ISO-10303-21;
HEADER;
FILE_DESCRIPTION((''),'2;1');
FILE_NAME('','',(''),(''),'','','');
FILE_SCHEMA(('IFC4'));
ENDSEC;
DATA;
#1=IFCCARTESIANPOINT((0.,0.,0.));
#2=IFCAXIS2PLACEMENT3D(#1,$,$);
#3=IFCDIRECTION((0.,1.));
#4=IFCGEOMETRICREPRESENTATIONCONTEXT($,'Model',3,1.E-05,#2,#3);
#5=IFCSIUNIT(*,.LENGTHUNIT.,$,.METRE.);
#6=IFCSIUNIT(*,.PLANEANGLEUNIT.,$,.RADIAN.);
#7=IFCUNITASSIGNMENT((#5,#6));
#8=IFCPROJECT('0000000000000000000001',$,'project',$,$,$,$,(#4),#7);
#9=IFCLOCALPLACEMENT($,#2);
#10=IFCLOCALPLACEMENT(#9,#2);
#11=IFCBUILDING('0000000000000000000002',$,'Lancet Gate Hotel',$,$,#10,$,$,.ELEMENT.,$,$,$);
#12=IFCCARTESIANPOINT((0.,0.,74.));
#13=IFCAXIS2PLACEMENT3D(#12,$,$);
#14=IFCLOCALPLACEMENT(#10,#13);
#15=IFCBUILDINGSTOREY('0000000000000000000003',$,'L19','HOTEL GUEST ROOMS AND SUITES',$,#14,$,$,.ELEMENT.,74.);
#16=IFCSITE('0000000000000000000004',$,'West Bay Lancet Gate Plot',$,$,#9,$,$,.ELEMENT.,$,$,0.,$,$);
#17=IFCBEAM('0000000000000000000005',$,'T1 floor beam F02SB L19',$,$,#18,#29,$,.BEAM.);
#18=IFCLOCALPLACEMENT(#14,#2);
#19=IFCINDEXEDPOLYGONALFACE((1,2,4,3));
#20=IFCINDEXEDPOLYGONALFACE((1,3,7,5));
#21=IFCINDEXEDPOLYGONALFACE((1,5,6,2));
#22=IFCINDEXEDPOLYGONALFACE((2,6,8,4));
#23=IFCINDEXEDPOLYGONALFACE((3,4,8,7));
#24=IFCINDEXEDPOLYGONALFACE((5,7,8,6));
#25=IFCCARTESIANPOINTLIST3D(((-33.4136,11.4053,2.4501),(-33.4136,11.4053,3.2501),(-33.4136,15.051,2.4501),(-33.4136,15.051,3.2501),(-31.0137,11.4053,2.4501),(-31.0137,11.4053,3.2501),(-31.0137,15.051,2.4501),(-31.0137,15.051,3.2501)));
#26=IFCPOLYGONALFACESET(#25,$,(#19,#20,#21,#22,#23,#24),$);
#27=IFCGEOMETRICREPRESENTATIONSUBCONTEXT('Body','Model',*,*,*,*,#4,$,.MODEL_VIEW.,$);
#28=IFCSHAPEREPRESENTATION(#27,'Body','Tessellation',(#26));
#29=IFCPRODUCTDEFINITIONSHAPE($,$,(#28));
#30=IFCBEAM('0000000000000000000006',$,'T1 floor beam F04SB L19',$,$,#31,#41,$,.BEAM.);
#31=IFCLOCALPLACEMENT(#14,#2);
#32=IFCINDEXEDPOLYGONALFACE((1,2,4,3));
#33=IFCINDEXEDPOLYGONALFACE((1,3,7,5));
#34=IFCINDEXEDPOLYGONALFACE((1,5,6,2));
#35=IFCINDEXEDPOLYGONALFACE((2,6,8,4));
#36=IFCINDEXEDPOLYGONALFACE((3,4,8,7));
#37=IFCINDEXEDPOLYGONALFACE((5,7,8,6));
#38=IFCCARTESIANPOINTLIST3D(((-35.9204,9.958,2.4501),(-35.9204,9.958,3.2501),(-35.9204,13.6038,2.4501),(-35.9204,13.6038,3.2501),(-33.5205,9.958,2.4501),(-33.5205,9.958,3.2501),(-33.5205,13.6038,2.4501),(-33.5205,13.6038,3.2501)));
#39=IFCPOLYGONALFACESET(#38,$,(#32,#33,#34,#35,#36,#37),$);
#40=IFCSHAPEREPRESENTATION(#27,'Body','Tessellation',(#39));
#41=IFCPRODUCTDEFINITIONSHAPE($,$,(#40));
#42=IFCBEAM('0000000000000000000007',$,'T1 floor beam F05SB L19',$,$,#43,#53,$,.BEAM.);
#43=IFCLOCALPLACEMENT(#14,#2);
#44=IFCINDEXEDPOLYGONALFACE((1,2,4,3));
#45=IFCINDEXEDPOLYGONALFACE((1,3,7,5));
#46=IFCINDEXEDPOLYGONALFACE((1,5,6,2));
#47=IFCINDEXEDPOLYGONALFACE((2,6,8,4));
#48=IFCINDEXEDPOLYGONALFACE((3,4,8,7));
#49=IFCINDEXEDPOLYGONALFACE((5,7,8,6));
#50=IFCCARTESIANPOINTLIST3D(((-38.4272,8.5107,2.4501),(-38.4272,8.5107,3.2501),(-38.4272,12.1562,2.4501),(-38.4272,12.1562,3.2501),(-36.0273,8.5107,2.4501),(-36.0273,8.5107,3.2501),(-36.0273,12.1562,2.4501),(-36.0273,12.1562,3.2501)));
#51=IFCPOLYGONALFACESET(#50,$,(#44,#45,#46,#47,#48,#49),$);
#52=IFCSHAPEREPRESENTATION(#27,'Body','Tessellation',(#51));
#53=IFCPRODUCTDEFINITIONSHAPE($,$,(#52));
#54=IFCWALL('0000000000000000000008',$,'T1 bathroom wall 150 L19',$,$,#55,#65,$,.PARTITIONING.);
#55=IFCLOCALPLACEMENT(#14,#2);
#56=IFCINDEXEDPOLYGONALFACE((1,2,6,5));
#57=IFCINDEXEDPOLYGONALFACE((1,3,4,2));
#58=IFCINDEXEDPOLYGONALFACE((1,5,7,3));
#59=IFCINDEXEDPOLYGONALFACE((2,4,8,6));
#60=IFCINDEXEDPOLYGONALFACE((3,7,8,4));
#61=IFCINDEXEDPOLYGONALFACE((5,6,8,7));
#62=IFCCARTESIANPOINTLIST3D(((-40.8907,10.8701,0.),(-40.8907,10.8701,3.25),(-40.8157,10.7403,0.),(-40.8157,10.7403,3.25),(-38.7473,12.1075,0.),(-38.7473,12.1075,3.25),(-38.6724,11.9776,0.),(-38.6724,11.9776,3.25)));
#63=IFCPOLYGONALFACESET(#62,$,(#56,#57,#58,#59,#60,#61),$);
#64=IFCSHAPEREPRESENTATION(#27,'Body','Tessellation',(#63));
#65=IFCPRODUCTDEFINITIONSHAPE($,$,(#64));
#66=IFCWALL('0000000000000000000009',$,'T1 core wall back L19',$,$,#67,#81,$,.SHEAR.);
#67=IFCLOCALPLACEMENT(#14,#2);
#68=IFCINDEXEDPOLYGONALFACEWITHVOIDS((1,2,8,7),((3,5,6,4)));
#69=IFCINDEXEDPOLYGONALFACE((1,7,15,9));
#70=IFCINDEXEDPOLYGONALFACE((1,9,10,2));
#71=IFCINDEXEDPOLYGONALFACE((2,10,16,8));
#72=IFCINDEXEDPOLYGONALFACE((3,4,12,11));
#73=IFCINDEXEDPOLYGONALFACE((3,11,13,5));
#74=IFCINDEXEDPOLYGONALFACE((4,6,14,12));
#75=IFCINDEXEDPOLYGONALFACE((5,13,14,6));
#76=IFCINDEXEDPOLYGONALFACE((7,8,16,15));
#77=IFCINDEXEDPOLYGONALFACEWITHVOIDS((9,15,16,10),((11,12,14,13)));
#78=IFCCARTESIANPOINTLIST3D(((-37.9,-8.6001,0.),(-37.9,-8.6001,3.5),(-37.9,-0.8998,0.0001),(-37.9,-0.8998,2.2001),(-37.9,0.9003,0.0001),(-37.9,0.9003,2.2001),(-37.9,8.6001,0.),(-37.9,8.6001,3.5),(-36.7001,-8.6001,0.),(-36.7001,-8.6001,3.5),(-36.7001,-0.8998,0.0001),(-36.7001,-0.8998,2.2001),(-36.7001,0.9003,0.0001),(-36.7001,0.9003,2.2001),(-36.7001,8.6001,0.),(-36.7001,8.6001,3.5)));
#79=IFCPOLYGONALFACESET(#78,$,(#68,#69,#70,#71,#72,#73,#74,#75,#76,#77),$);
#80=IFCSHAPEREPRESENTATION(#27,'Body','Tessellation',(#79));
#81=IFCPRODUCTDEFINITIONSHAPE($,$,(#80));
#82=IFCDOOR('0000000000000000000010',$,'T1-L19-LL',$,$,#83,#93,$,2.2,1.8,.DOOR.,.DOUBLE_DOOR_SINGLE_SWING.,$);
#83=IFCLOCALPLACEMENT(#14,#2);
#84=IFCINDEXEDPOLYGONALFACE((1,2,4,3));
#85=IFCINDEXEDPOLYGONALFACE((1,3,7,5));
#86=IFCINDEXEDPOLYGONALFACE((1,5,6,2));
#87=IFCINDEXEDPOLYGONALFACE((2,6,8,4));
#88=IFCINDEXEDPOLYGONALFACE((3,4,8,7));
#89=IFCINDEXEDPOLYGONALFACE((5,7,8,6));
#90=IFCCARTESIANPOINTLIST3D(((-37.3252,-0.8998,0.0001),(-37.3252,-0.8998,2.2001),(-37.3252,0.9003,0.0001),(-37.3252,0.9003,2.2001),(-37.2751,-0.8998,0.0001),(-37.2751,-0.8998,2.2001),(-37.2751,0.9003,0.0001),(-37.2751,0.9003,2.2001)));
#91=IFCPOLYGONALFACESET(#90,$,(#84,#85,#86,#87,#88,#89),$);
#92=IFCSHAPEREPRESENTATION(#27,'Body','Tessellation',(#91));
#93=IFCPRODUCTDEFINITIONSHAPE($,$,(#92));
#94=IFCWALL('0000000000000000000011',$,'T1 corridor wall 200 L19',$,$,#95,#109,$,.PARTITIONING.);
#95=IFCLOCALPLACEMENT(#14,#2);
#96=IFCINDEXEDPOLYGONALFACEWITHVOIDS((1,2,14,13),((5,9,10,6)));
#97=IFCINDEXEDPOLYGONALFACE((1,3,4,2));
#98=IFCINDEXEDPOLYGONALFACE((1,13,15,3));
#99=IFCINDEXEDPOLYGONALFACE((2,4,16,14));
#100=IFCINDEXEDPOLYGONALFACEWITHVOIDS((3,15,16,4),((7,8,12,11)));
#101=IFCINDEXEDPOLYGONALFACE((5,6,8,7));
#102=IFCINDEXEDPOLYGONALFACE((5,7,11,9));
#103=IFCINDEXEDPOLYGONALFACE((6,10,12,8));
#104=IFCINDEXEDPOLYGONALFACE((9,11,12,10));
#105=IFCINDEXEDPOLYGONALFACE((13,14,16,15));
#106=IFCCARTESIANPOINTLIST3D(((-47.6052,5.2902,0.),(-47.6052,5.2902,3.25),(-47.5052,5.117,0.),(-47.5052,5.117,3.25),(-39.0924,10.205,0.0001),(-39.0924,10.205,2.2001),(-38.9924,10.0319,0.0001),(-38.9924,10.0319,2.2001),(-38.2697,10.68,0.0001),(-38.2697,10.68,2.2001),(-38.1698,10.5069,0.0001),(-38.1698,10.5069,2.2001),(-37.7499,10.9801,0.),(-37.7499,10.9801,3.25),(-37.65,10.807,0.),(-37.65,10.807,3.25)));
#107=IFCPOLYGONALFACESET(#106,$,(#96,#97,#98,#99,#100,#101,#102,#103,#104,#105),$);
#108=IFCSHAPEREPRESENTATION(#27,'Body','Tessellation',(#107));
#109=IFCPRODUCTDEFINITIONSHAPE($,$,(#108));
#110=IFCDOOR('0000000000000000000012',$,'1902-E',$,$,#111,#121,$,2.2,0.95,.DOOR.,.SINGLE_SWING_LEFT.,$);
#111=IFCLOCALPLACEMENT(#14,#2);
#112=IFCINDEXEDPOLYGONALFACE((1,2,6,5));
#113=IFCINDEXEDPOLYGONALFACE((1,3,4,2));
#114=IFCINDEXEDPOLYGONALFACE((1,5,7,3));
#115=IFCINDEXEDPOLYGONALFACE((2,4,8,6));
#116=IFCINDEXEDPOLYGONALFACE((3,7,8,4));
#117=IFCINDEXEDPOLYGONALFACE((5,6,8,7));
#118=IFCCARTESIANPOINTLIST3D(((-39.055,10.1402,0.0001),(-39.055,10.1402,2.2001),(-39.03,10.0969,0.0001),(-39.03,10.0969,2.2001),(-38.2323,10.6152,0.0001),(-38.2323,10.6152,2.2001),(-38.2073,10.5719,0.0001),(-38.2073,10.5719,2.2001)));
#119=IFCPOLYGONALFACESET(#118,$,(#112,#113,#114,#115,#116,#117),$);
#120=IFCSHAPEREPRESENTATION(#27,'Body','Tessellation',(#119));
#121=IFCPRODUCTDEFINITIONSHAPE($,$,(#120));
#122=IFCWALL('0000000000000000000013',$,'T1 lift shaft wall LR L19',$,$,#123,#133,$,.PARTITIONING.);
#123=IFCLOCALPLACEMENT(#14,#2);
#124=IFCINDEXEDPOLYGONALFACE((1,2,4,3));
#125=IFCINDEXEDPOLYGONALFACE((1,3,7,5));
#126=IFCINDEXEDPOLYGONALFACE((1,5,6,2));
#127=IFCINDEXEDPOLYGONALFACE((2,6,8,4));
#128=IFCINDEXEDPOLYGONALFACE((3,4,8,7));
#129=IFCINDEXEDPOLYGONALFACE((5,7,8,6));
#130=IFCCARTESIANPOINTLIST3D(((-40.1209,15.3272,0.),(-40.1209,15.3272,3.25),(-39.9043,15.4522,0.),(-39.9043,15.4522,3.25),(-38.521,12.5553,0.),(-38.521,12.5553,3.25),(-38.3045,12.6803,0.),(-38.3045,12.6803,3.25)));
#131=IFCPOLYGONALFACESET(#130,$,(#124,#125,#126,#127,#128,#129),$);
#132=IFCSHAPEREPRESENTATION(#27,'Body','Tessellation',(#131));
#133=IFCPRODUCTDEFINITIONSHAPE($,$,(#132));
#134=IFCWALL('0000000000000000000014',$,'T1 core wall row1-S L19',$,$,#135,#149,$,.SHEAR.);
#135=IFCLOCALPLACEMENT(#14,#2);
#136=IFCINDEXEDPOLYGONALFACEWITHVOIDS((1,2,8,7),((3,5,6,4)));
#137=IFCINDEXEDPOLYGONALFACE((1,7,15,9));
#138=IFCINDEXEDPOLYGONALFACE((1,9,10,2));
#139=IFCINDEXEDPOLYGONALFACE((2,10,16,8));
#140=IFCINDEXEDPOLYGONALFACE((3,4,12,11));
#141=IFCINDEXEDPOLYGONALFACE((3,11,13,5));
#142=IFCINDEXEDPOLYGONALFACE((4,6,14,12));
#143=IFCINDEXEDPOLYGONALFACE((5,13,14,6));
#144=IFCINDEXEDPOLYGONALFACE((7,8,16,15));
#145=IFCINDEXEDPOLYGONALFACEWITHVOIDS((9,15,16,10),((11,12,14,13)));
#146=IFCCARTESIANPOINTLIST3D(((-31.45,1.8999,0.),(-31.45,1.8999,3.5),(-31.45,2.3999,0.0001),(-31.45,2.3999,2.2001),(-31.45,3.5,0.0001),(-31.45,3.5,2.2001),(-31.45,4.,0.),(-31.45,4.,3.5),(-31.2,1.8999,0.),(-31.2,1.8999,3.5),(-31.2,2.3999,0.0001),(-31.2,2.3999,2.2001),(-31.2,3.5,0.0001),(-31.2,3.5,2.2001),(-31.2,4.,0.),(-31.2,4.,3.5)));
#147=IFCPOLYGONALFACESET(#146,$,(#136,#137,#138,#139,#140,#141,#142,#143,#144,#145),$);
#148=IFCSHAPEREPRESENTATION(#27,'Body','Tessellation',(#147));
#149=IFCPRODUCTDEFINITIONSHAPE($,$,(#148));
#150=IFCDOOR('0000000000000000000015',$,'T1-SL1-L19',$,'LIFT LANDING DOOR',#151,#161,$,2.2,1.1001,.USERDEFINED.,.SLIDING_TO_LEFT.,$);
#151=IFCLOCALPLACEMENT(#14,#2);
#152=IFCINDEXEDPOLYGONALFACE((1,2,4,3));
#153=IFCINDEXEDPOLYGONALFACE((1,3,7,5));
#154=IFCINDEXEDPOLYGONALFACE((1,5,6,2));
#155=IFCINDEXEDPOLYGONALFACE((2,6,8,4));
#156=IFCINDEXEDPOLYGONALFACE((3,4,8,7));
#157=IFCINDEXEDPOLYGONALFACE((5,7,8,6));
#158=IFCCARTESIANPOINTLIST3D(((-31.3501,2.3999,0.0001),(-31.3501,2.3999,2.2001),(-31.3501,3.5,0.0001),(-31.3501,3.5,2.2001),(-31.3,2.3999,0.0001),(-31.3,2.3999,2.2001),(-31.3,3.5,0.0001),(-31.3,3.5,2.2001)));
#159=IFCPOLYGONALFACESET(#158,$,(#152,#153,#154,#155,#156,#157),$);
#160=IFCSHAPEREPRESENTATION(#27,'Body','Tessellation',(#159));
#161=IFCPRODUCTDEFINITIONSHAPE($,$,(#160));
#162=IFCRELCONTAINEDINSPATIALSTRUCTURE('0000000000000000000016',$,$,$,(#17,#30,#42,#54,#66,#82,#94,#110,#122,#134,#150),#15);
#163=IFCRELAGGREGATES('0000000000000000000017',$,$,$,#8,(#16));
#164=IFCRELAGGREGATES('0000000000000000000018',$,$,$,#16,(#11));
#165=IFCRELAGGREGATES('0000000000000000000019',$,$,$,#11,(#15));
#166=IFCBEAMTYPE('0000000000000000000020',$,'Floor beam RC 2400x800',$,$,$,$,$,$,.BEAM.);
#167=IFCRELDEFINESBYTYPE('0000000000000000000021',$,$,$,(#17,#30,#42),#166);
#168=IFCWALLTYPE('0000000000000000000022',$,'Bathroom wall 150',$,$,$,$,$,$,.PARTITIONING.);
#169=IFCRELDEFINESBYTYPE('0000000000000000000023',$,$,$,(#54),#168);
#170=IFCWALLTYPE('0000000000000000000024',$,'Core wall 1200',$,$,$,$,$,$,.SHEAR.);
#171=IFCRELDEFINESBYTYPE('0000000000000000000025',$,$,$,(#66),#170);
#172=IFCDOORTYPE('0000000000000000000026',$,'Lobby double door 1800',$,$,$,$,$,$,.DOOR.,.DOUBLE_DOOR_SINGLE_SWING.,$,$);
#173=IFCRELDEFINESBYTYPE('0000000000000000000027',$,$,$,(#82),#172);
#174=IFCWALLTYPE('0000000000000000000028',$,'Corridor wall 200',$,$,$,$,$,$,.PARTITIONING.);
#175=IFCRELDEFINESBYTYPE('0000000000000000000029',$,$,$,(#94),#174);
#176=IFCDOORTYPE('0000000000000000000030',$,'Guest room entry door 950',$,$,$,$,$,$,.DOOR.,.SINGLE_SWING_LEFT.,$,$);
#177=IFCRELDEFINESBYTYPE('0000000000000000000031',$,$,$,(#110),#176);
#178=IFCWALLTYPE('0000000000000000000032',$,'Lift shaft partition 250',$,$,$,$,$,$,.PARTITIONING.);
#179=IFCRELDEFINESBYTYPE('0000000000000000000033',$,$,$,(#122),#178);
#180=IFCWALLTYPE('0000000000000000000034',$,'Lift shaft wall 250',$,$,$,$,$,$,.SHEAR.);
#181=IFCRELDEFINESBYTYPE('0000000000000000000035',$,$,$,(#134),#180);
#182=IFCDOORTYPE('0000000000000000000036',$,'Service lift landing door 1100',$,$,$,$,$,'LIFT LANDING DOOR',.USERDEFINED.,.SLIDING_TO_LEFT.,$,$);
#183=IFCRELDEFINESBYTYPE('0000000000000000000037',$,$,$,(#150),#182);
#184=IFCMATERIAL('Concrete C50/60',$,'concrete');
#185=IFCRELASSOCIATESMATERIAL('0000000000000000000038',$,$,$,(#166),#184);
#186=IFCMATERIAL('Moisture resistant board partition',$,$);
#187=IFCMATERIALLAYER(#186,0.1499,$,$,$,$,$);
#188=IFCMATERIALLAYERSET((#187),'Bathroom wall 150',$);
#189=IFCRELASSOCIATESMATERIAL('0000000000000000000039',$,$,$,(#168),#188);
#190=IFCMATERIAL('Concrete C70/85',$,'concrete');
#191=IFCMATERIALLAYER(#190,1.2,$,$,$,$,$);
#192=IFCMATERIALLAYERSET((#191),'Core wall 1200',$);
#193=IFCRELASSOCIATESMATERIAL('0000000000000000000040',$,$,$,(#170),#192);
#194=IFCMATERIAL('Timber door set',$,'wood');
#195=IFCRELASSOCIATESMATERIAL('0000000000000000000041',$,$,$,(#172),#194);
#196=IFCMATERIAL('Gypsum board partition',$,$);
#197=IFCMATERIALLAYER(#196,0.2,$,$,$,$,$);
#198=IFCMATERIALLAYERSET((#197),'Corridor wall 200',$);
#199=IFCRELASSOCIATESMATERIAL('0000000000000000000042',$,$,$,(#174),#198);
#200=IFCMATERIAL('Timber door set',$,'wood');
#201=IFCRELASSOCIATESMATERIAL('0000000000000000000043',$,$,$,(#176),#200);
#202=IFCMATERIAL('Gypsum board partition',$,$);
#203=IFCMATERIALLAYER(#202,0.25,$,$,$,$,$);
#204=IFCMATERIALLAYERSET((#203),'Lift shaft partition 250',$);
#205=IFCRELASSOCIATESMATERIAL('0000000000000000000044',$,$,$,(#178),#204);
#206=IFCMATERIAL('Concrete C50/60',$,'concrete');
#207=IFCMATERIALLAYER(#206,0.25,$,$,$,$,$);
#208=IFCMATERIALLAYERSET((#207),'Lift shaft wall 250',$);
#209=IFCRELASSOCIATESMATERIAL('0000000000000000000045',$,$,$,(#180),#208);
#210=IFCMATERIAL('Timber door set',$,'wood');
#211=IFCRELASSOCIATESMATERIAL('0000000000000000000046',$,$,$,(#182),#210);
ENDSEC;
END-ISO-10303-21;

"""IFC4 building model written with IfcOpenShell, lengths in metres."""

from ifc_helpers import new_model, si_unit, direction, frame, frame_2d, origin, origin_2d, place, context, subcontext, project, spatial, rectangle, extrude, material, layer, layer_set, material_profile, profile_set, type_object, element, fill, save


model = new_model("IFC4")

# Units and contexts
model_context = context("Model", 3, precision=1e-05, world=origin(), true_north=direction((0.0, 1.0)))
body_context = subcontext(model_context, "Body", "Model", "MODEL_VIEW")
ifc_project = project(units=[si_unit("LENGTHUNIT", "METRE"), si_unit("PLANEANGLEUNIT", "RADIAN")], contexts=[model_context])

# Site, building, storey
site_placement = place(None, origin())
site = spatial("IfcSite", under=ifc_project, at=site_placement, Name="West Bay Lancet Gate Plot", CompositionType="ELEMENT", RefElevation=0.0)
building_placement = place(site_placement, origin())
building = spatial("IfcBuilding", under=site, at=building_placement, Name="Lancet Gate Hotel", CompositionType="ELEMENT")
storey_placement = place(building_placement, frame((0.0, 0.0, 74.0)))
storey = spatial("IfcBuildingStorey", under=building, at=storey_placement, Name="L19", Description="HOTEL GUEST ROOMS AND SUITES", CompositionType="ELEMENT", Elevation=74.0)

# Beams
ifc_material_1 = material(Name="Concrete C50/60", Category="concrete")
ifc_material_profile = material_profile(ifc_material_1, rectangle(XDim=2.3999, YDim=0.8, at=origin_2d()), Name="RC 2400x800")
ifc_profile_set = profile_set([ifc_material_profile], Name="Concrete C50/60")
beam_type = type_object("IfcBeamType", Name="Floor beam RC 2400x800", PredefinedType="BEAM", material=ifc_profile_set)
for number, where, z_axis, x_axis, name in (
    (1, (-32.2136, 15.051, 2.8501), (0.0, -1.0, 0.0), (1.0, 0.0, 0.0), "T1 floor beam F02SB L19"),
    (2, (-34.7205, 13.6038, 2.8501), (0.0, -1.0, 0.0), (1.0, 0.0, 0.0), "T1 floor beam F04SB L19"),
):
    element("IfcBeam", number, at=place(storey_placement, frame(where, z_axis=z_axis, x_axis=x_axis)), inside=storey, type_object=beam_type, Name=name, PredefinedType="BEAM", context=body_context, shape_type="SweptSolid", body=[
        extrude(rectangle(XDim=2.3999, YDim=0.8, at=origin_2d()), origin(), (0.0, 0.0, 1.0), 3.6458),
    ])
beam_placement = place(storey_placement, frame((-37.2273, 12.1562, 2.8501), z_axis=(0.0, -1.0, 0.0), x_axis=(1.0, 0.0, 0.0)))
element("IfcBeam", 3, at=beam_placement, inside=storey, type_object=beam_type, Name="T1 floor beam F05SB L19", PredefinedType="BEAM", context=body_context, shape_type="SweptSolid", body=[
    extrude(rectangle(XDim=2.3999, YDim=0.8, at=origin_2d()), origin(), (0.0, 0.0, 1.0), 3.6455),
])

# Wall
ifc_material_2 = material(Name="Moisture resistant board partition")
ifc_layer_1 = layer(ifc_material_2, 0.1499)
ifc_layer_set_1 = layer_set([ifc_layer_1], Name="Bathroom wall 150")
wall_type_1 = type_object("IfcWallType", Name="Bathroom wall 150", PredefinedType="PARTITIONING", material=ifc_layer_set_1)
wall_1_placement = place(storey_placement, frame((-38.71, 12.0425, 0.0), z_axis=(0.0, 0.0, 1.0), x_axis=(-0.866049, -0.499959, 0.0)))
element("IfcWall", 4, at=wall_1_placement, inside=storey, type_object=wall_type_1, Name="T1 bathroom wall 150 L19", PredefinedType="PARTITIONING", context=body_context, shape_type="SweptSolid", body=[
    extrude(rectangle(XDim=2.4749, YDim=0.1499, at=frame_2d((1.2373, 0.0))), origin(), (0.0, 0.0, 1.0), 3.25),
])

# Walls, openings, doors
ifc_material_3 = material(Name="Concrete C70/85", Category="concrete")
ifc_layer_2 = layer(ifc_material_3, 1.2)
ifc_layer_set_2 = layer_set([ifc_layer_2], Name="Core wall 1200")
wall_type_2 = type_object("IfcWallType", Name="Core wall 1200", PredefinedType="SHEAR", material=ifc_layer_set_2)
wall_2_placement = place(storey_placement, frame((-37.3, 8.6001, 0.0), z_axis=(0.0, 0.0, 1.0), x_axis=(0.0, -1.0, 0.0)))
wall_2 = element("IfcWall", 5, at=wall_2_placement, inside=storey, type_object=wall_type_2, Name="T1 core wall back L19", PredefinedType="SHEAR", context=body_context, shape_type="SweptSolid", body=[
    extrude(rectangle(XDim=17.2002, YDim=1.2, at=frame_2d((8.6001, 0.0))), origin(), (0.0, 0.0, 1.0), 3.5),
])
opening_1_placement = place(wall_2_placement, frame((7.7, 0.0, 0.0)))
opening_1 = element("IfcOpeningElement", 6, at=opening_1_placement, cuts=wall_2, PredefinedType="OPENING", context=body_context, shape_type="SweptSolid", body=[
    extrude(rectangle(XDim=1.8, YDim=2.2, at=frame_2d((0.8999, 1.1001))), frame((0.0, 0.6099, 0.0), z_axis=(0.0, -1.0, 0.0), x_axis=(1.0, 0.0, 0.0)), (0.0, 0.0, 1.0), 1.22),
])
ifc_material_4 = material(Name="Timber door set", Category="wood")
door_type_1 = type_object("IfcDoorType", Name="Lobby double door 1800", OperationType="DOUBLE_DOOR_SINGLE_SWING", PredefinedType="DOOR", material=ifc_material_4)
door_1_placement = place(opening_1_placement, origin())
door_1 = element("IfcDoor", 7, at=door_1_placement, inside=storey, type_object=door_type_1, Name="T1-L19-LL", OperationType="DOUBLE_DOOR_SINGLE_SWING", OverallHeight=2.2, OverallWidth=1.8, PredefinedType="DOOR", context=body_context, shape_type="SweptSolid", body=[
    extrude(rectangle(XDim=1.8, YDim=2.2, at=frame_2d((0.8999, 1.1001))), frame((0.0, 0.0249, 0.0), z_axis=(0.0, -1.0, 0.0), x_axis=(1.0, 0.0, 0.0)), (0.0, 0.0, 1.0), 0.05),
])
fill(opening_1, door_1)
ifc_material_5 = material(Name="Gypsum board partition")
ifc_layer_3 = layer(ifc_material_5, 0.2)
ifc_layer_set_3 = layer_set([ifc_layer_3], Name="Corridor wall 200")
wall_type_3 = type_object("IfcWallType", Name="Corridor wall 200", PredefinedType="PARTITIONING", material=ifc_layer_set_3)
wall_3_placement = place(storey_placement, frame((-37.7, 10.8936, 0.0), z_axis=(0.0, 0.0, 1.0), x_axis=(-0.866024, -0.500002, 0.0)))
wall_3 = element("IfcWall", 8, at=wall_3_placement, inside=storey, type_object=wall_type_3, Name="T1 corridor wall 200 L19", PredefinedType="PARTITIONING", context=body_context, shape_type="SweptSolid", body=[
    extrude(rectangle(XDim=11.3799, YDim=0.2, at=frame_2d((5.6899, 0.0))), origin(), (0.0, 0.0, 1.0), 3.25),
])
opening_2_placement = place(wall_3_placement, frame((0.6001, 0.0, 0.0)))
opening_2 = element("IfcOpeningElement", 9, at=opening_2_placement, cuts=wall_3, PredefinedType="OPENING", context=body_context, shape_type="SweptSolid", body=[
    extrude(rectangle(XDim=0.95, YDim=2.2, at=frame_2d((0.4751, 1.1001))), frame((0.0, 0.1099, 0.0), z_axis=(0.0, -1.0, 0.0), x_axis=(1.0, 0.0, 0.0)), (0.0, 0.0, 1.0), 0.22),
])
ifc_material_6 = material(Name="Timber door set", Category="wood")
door_type_2 = type_object("IfcDoorType", Name="Guest room entry door 950", OperationType="SINGLE_SWING_LEFT", PredefinedType="DOOR", material=ifc_material_6)
door_2_placement = place(opening_2_placement, origin())
door_2 = element("IfcDoor", 10, at=door_2_placement, inside=storey, type_object=door_type_2, Name="1902-E", OperationType="SINGLE_SWING_LEFT", OverallHeight=2.2, OverallWidth=0.95, PredefinedType="DOOR", context=body_context, shape_type="SweptSolid", body=[
    extrude(rectangle(XDim=0.95, YDim=2.2, at=frame_2d((0.4751, 1.1001))), frame((0.0, 0.0249, 0.0), z_axis=(0.0, -1.0, 0.0), x_axis=(1.0, 0.0, 0.0)), (0.0, 0.0, 1.0), 0.05),
])
fill(opening_2, door_2)

# Wall
ifc_material_7 = material(Name="Gypsum board partition")
ifc_layer_4 = layer(ifc_material_7, 0.25)
ifc_layer_set_4 = layer_set([ifc_layer_4], Name="Lift shaft partition 250")
wall_type_4 = type_object("IfcWallType", Name="Lift shaft partition 250", PredefinedType="PARTITIONING", material=ifc_layer_set_4)
wall_4_placement = place(storey_placement, frame((-38.4128, 12.6179, 0.0), z_axis=(0.0, 0.0, 1.0), x_axis=(-0.499872, 0.866099, 0.0)))
element("IfcWall", 11, at=wall_4_placement, inside=storey, type_object=wall_type_4, Name="T1 lift shaft wall LR L19", PredefinedType="PARTITIONING", context=body_context, shape_type="SweptSolid", body=[
    extrude(rectangle(XDim=3.2004, YDim=0.25, at=frame_2d((1.6001, 0.0))), origin(), (0.0, 0.0, 1.0), 3.25),
])

# Wall, opening, door
ifc_material_8 = material(Name="Concrete C50/60", Category="concrete")
ifc_layer_5 = layer(ifc_material_8, 0.25)
ifc_layer_set_5 = layer_set([ifc_layer_5], Name="Lift shaft wall 250")
wall_type_5 = type_object("IfcWallType", Name="Lift shaft wall 250", PredefinedType="SHEAR", material=ifc_layer_set_5)
wall_5_placement = place(storey_placement, frame((-31.325, 4.0, 0.0), z_axis=(0.0, 0.0, 1.0), x_axis=(0.0, -1.0, 0.0)))
wall_5 = element("IfcWall", 12, at=wall_5_placement, inside=storey, type_object=wall_type_5, Name="T1 core wall row1-S L19", PredefinedType="SHEAR", context=body_context, shape_type="SweptSolid", body=[
    extrude(rectangle(XDim=2.1001, YDim=0.25, at=frame_2d((1.05, 0.0))), origin(), (0.0, 0.0, 1.0), 3.5),
])
opening_3_placement = place(wall_5_placement, frame((0.5, 0.0, 0.0)))
opening_3 = element("IfcOpeningElement", 13, at=opening_3_placement, cuts=wall_5, PredefinedType="OPENING", context=body_context, shape_type="SweptSolid", body=[
    extrude(rectangle(XDim=1.1001, YDim=2.2, at=frame_2d((0.55, 1.1001))), frame((0.0, 0.135, 0.0), z_axis=(0.0, -1.0, 0.0), x_axis=(1.0, 0.0, 0.0)), (0.0, 0.0, 1.0), 0.27),
])
ifc_material_9 = material(Name="Timber door set", Category="wood")
door_type_3 = type_object("IfcDoorType", Name="Service lift landing door 1100", ElementType="LIFT LANDING DOOR", OperationType="SLIDING_TO_LEFT", PredefinedType="USERDEFINED", material=ifc_material_9)
door_3_placement = place(opening_3_placement, origin())
door_3 = element("IfcDoor", 14, at=door_3_placement, inside=storey, type_object=door_type_3, Name="T1-SL1-L19", ObjectType="LIFT LANDING DOOR", OperationType="SLIDING_TO_LEFT", OverallHeight=2.2, OverallWidth=1.1001, PredefinedType="USERDEFINED", context=body_context, shape_type="SweptSolid", body=[
    extrude(rectangle(XDim=1.1001, YDim=2.2, at=frame_2d((0.55, 1.1001))), frame((0.0, 0.0249, 0.0), z_axis=(0.0, -1.0, 0.0), x_axis=(1.0, 0.0, 0.0)), (0.0, 0.0, 1.0), 0.05),
])
fill(opening_3, door_3)

save(model, "model.ifc")
